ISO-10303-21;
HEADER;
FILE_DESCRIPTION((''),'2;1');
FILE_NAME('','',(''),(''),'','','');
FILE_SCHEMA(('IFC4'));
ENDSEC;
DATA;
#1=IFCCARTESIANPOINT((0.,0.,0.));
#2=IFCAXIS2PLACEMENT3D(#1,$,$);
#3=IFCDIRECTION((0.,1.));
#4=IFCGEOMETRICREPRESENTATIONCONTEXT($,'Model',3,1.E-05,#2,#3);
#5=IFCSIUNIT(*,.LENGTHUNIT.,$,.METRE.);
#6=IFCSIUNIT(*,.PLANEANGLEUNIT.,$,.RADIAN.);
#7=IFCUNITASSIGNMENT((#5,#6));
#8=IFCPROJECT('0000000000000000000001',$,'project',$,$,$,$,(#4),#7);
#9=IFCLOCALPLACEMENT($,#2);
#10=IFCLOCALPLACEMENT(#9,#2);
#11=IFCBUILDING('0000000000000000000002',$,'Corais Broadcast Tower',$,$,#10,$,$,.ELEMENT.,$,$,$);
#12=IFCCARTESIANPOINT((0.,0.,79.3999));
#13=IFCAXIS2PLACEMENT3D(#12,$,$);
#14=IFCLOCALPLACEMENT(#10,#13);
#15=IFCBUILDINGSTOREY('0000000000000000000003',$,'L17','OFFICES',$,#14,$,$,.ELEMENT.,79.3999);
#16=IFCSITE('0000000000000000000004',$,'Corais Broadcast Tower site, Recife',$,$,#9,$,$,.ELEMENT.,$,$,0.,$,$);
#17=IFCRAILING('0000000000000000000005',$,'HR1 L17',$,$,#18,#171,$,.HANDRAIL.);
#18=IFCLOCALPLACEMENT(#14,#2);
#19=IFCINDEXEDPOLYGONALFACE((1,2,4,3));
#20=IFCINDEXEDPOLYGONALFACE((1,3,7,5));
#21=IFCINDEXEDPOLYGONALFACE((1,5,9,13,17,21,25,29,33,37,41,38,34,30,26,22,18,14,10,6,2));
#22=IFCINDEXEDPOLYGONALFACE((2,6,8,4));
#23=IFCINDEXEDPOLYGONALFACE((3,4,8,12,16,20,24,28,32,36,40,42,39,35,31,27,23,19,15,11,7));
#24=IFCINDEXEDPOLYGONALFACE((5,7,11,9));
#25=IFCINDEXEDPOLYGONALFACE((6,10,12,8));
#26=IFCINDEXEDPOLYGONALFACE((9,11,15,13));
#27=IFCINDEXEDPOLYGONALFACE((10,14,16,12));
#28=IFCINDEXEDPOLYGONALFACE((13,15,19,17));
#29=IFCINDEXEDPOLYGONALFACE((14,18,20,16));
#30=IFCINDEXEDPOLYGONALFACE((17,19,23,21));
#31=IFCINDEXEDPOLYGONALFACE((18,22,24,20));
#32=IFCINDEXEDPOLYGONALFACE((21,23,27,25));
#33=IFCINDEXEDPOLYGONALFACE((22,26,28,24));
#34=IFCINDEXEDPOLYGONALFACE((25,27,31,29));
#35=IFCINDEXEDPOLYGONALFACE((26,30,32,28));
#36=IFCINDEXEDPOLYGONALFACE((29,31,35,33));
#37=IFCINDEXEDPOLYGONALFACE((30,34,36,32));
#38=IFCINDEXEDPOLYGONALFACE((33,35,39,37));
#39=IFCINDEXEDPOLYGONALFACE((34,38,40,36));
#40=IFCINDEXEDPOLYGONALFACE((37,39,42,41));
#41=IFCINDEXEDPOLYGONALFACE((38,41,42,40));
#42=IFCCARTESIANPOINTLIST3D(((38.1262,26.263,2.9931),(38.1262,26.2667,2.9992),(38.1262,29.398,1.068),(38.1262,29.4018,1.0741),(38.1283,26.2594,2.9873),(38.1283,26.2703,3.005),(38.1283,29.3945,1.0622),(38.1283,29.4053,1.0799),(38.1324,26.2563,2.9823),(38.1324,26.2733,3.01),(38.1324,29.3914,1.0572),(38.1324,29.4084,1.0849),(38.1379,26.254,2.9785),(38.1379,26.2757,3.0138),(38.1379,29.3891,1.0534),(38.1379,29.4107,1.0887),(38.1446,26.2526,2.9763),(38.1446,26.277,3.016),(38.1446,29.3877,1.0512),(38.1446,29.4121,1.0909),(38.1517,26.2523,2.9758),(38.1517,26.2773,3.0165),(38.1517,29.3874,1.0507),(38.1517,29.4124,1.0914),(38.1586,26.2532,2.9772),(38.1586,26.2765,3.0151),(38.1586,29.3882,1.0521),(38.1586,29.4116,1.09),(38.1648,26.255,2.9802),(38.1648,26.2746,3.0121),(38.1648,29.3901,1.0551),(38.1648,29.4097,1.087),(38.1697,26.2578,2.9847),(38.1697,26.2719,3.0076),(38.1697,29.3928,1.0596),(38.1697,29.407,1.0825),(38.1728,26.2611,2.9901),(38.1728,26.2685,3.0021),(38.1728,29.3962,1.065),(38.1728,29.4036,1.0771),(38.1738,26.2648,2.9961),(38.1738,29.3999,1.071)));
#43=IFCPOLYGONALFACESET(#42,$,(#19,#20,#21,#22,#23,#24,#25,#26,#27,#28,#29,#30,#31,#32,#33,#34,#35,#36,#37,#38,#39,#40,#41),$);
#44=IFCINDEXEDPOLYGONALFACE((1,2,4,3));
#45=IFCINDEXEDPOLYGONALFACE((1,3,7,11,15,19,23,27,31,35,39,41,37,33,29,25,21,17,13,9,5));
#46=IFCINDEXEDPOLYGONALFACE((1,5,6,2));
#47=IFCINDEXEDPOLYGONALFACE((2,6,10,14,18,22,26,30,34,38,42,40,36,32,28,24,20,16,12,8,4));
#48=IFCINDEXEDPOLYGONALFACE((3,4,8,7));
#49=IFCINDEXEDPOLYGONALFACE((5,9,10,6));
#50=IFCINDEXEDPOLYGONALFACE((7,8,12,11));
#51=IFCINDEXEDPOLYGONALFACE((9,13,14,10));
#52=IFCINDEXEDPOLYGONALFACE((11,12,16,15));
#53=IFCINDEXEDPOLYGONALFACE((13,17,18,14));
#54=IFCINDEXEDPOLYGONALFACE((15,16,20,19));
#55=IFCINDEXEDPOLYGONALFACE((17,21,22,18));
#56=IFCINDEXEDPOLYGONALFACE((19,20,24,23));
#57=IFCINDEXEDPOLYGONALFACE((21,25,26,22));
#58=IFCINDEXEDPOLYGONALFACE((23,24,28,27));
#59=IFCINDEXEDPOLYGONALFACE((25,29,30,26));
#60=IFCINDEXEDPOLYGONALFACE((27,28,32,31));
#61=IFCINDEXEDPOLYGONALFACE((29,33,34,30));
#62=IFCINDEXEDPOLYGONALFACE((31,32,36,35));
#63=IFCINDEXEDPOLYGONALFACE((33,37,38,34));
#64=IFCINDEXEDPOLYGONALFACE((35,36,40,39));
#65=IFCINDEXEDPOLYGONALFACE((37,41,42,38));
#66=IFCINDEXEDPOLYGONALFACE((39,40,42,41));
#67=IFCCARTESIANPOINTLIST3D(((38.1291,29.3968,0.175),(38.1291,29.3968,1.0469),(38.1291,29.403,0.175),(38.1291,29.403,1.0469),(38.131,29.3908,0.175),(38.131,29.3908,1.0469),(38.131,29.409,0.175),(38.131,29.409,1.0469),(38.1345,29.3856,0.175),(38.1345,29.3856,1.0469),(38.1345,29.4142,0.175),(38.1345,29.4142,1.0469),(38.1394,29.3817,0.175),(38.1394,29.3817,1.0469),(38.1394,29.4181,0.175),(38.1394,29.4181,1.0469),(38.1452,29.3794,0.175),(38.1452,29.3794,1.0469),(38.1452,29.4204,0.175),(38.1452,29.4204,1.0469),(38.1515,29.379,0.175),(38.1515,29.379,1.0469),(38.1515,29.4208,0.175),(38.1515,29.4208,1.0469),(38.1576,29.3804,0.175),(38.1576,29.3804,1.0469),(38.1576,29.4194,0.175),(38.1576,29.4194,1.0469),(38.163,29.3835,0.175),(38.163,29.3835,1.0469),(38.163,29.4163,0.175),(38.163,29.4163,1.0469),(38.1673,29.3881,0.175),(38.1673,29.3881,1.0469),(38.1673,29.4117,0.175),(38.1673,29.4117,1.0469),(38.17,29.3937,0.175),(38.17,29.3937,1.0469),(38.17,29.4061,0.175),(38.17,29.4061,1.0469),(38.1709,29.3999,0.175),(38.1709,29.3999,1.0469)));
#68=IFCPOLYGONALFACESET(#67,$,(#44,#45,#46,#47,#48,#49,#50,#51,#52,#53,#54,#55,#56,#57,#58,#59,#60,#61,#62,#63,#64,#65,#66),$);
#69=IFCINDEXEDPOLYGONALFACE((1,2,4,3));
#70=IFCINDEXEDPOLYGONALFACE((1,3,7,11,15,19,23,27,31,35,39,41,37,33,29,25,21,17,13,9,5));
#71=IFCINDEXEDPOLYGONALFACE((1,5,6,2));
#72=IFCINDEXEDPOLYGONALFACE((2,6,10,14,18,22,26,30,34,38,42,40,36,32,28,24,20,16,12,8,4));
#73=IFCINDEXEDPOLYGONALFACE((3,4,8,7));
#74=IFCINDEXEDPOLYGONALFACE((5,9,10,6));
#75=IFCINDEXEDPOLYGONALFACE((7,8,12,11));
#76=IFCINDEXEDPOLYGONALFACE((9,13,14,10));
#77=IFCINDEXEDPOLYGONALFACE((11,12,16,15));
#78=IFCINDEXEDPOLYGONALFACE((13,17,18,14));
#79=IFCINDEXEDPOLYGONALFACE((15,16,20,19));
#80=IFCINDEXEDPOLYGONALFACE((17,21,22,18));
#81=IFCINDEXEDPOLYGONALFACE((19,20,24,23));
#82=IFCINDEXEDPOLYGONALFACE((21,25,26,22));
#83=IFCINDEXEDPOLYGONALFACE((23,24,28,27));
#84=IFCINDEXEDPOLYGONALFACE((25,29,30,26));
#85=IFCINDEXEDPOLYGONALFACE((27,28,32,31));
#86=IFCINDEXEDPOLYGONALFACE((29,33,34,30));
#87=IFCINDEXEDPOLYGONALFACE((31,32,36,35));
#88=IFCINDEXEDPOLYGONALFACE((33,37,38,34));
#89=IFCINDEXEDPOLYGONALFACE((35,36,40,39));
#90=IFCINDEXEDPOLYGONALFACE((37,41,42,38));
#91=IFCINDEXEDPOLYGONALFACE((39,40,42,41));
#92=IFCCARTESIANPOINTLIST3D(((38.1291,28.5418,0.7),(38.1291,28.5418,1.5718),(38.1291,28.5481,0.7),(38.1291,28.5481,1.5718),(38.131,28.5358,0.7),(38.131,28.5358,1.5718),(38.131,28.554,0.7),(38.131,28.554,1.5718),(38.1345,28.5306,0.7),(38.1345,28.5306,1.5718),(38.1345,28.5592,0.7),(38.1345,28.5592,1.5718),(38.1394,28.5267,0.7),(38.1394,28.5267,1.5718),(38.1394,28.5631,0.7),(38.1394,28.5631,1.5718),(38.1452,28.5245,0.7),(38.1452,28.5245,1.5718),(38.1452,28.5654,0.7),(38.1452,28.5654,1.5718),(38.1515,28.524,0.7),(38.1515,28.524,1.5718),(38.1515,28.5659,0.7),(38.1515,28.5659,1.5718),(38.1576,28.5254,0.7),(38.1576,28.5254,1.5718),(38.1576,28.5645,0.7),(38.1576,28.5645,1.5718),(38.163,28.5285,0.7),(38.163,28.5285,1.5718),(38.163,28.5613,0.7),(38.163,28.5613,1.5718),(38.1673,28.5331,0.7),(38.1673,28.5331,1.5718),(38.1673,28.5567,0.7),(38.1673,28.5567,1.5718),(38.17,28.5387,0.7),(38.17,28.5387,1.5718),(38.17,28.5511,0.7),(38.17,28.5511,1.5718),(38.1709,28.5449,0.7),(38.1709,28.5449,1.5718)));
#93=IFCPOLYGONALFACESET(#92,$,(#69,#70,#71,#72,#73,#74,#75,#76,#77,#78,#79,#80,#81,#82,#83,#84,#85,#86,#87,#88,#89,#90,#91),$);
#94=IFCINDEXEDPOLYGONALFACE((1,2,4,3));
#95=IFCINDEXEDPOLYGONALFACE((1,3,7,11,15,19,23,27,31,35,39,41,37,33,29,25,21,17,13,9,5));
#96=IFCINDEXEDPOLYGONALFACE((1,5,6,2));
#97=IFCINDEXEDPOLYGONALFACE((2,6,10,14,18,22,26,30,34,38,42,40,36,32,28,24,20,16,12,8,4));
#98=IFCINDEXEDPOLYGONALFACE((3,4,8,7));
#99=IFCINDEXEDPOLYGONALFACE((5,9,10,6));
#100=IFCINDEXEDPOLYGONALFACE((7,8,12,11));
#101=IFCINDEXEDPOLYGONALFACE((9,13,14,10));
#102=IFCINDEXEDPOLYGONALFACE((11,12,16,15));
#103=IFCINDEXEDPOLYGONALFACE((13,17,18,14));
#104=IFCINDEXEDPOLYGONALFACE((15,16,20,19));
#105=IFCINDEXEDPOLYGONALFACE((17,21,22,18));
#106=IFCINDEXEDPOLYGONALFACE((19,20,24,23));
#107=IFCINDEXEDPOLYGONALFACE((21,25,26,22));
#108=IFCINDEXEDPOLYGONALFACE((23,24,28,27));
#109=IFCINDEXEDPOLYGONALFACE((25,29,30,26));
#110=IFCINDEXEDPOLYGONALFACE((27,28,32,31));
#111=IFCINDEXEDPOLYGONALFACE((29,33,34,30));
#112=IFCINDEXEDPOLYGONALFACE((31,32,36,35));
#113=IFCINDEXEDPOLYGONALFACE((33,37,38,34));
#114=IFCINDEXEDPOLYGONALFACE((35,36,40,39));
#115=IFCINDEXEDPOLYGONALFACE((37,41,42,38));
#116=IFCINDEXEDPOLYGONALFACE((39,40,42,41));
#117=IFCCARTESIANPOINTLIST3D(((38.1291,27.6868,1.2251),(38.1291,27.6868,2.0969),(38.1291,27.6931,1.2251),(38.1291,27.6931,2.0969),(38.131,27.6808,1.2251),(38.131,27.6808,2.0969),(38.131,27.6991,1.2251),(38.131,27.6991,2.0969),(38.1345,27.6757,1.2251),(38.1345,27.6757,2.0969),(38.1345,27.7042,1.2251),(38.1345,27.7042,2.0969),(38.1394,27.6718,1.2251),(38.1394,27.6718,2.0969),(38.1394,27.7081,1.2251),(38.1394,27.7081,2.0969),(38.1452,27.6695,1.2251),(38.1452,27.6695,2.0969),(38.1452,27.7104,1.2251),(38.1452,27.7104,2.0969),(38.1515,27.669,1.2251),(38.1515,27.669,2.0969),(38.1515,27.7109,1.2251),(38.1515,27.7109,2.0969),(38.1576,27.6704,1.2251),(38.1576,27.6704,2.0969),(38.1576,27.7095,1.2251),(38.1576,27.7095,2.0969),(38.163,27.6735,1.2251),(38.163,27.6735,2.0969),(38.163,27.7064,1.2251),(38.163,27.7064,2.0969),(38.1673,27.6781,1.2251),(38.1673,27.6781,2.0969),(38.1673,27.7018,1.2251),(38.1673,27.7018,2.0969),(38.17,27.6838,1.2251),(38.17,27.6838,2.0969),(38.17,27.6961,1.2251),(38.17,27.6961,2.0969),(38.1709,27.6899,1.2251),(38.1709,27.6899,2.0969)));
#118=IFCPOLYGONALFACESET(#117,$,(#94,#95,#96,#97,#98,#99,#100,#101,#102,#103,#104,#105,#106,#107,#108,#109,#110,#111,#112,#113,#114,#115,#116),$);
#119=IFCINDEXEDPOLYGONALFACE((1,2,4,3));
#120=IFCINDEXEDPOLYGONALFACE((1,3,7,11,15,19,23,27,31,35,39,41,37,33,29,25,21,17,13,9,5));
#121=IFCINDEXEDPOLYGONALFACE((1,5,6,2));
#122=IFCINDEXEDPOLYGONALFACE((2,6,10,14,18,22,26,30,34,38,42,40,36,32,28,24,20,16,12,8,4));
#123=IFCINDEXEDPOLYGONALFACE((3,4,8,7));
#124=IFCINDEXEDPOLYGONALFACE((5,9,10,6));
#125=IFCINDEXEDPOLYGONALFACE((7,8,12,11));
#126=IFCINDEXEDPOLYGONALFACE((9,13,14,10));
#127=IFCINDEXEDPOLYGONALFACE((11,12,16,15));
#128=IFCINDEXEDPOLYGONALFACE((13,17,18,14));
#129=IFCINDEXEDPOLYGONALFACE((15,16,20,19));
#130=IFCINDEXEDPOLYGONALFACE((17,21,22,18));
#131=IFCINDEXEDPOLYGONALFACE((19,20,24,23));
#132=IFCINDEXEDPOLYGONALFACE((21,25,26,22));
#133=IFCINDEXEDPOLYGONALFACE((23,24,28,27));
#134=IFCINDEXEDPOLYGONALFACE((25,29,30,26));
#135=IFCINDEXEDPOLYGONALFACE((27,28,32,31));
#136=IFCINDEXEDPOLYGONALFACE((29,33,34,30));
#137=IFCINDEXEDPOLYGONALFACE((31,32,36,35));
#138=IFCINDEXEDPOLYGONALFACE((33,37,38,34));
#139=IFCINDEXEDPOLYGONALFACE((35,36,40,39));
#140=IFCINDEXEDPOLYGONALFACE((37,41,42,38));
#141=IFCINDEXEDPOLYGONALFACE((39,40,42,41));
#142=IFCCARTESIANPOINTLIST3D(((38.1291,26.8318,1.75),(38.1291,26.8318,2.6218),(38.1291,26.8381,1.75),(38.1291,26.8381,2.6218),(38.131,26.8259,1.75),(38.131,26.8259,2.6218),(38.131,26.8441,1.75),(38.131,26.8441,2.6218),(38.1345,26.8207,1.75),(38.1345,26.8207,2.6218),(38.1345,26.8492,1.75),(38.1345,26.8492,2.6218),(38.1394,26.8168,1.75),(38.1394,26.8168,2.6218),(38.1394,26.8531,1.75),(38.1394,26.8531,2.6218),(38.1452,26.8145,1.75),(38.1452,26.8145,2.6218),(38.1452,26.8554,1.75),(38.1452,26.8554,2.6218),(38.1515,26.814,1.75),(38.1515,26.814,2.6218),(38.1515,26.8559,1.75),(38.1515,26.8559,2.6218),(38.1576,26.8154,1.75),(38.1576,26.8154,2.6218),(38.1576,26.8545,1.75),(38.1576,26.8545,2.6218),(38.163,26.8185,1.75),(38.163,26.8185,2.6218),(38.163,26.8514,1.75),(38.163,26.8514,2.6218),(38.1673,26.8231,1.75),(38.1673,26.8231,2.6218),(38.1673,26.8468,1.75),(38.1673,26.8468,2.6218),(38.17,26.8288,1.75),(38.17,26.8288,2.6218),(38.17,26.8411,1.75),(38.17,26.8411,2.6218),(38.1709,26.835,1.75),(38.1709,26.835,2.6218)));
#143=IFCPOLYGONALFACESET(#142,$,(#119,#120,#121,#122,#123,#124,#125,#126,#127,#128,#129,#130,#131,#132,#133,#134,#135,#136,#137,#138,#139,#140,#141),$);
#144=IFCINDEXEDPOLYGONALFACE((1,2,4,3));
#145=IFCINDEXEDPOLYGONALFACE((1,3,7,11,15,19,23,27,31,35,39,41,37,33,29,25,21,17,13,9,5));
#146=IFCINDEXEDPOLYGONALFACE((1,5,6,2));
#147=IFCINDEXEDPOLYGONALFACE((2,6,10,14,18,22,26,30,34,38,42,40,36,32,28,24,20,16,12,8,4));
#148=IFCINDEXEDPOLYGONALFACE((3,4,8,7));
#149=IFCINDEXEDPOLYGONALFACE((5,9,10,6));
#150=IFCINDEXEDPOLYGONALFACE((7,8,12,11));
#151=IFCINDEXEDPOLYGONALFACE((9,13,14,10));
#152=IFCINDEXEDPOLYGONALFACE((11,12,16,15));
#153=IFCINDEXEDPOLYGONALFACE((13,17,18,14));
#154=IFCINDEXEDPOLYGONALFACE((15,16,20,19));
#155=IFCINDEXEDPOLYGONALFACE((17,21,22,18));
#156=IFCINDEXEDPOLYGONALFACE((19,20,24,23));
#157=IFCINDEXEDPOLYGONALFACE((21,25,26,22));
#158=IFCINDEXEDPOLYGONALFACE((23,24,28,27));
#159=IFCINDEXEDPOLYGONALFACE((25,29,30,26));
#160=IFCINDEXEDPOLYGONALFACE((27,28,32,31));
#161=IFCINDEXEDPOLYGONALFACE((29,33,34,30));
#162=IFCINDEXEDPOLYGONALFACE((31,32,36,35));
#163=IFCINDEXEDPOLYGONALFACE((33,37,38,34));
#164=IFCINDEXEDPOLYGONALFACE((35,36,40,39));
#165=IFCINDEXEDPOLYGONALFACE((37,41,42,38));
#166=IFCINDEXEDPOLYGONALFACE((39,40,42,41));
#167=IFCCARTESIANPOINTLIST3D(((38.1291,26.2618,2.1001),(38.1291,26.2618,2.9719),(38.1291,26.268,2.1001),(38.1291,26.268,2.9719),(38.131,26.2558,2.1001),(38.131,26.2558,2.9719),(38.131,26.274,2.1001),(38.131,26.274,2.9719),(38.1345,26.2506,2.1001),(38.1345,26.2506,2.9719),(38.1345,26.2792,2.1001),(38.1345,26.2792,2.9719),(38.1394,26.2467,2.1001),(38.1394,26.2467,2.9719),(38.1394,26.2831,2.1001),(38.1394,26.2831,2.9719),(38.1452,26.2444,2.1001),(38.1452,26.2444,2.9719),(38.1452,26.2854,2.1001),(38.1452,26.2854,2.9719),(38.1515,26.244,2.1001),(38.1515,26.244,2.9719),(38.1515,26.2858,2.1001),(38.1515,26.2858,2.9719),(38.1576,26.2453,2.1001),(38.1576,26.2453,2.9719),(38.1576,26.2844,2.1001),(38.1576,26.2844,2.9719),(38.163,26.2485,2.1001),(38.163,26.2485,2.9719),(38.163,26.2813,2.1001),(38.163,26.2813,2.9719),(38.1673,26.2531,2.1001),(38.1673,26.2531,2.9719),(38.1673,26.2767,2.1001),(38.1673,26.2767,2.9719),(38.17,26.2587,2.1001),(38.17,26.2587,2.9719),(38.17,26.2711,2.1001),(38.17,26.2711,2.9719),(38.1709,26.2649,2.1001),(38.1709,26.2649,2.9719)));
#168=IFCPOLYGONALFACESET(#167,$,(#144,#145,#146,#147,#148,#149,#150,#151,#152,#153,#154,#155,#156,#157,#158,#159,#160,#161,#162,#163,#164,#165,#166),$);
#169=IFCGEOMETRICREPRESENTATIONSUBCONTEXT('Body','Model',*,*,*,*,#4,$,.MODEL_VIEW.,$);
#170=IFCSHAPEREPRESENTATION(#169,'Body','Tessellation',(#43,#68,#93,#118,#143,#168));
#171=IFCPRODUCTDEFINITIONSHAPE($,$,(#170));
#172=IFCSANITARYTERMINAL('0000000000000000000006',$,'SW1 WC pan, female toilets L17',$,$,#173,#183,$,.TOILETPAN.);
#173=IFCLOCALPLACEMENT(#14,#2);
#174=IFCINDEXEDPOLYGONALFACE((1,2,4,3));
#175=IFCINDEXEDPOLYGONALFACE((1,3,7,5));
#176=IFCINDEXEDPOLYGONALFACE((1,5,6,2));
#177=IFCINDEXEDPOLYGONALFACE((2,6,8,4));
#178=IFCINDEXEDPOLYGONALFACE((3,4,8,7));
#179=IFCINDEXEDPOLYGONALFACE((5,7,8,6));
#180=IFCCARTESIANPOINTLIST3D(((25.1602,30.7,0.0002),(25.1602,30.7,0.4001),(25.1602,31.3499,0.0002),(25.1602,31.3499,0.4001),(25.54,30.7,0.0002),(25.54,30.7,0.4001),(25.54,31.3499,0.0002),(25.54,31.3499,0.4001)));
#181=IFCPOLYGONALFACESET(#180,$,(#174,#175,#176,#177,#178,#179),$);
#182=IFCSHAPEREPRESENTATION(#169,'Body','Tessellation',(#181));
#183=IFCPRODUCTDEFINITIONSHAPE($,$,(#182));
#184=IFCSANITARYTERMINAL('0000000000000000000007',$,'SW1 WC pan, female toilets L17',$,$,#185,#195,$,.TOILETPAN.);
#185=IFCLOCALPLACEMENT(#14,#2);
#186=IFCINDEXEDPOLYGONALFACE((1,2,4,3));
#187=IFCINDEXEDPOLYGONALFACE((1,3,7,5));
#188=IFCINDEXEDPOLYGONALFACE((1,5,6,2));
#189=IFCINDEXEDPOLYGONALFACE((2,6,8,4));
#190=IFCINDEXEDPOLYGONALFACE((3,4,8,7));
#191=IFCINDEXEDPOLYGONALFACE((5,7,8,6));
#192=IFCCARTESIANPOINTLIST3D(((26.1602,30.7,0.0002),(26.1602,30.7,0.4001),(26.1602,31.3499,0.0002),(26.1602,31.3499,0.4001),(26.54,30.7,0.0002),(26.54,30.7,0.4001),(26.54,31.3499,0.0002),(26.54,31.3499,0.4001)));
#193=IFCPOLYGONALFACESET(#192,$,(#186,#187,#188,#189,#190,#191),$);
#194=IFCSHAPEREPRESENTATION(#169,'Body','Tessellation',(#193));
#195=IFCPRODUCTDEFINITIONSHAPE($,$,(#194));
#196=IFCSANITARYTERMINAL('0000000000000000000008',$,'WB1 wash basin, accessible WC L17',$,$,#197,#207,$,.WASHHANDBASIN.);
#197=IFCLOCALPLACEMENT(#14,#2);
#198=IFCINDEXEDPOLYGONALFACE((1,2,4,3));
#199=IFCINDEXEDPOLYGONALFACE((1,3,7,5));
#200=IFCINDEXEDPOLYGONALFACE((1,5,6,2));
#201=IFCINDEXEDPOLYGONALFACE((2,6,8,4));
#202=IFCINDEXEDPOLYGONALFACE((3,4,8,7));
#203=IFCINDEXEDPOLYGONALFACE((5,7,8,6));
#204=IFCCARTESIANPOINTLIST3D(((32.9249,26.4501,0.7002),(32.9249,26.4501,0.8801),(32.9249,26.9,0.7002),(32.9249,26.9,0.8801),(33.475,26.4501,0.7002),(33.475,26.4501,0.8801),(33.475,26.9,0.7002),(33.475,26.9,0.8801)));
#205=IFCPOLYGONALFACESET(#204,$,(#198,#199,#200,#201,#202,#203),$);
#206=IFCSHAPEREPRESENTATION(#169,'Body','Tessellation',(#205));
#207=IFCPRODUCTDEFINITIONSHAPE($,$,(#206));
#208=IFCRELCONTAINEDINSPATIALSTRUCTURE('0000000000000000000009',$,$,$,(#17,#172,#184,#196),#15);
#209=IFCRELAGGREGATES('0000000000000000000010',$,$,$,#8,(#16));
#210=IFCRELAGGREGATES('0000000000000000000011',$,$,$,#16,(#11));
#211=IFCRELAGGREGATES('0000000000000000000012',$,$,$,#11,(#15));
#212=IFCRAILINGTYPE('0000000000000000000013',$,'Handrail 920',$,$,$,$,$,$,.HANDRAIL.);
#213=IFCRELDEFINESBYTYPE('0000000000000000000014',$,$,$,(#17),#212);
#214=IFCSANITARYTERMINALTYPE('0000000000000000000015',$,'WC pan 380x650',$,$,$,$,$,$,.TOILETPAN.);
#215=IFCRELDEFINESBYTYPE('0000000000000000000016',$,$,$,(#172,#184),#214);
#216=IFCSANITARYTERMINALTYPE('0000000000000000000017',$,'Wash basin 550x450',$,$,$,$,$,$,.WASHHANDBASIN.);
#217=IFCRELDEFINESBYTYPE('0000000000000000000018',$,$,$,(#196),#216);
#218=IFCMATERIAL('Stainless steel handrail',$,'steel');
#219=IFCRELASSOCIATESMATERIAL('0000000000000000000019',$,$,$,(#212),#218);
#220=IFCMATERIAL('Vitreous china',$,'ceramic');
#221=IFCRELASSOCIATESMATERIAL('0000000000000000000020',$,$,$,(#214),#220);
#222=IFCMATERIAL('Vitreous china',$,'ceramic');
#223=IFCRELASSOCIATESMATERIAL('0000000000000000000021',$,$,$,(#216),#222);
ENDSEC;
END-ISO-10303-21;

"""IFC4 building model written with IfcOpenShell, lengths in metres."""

from ifc_helpers import new_model, si_unit, direction, frame, origin, origin_2d, place, context, subcontext, project, spatial, rectangle, circle, extrude, material, type_object, element, save


model = new_model("IFC4")

# Units and contexts
model_context = context("Model", 3, precision=1e-05, world=origin(), true_north=direction((0.0, 1.0)))
body_context = subcontext(model_context, "Body", "Model", "MODEL_VIEW")
ifc_project = project(units=[si_unit("LENGTHUNIT", "METRE"), si_unit("PLANEANGLEUNIT", "RADIAN")], contexts=[model_context])

# Site, building, storey
site_placement = place(None, origin())
site = spatial("IfcSite", under=ifc_project, at=site_placement, Name="Corais Broadcast Tower site, Recife", CompositionType="ELEMENT", RefElevation=0.0)
building_placement = place(site_placement, origin())
building = spatial("IfcBuilding", under=site, at=building_placement, Name="Corais Broadcast Tower", CompositionType="ELEMENT")
storey_placement = place(building_placement, frame((0.0, 0.0, 79.3999)))
storey = spatial("IfcBuildingStorey", under=building, at=storey_placement, Name="L17", Description="OFFICES", CompositionType="ELEMENT", Elevation=79.3999)

# Railing
ifc_material_1 = material(Name="Stainless steel handrail", Category="steel")
railing_type = type_object("IfcRailingType", Name="Handrail 920", PredefinedType="HANDRAIL", material=ifc_material_1)
for number, where, name in (
    (1, (38.1499, 29.3999, 0.175), "HR1 L17"),
):
    element("IfcRailing", number, at=place(storey_placement, frame(where)), inside=storey, type_object=railing_type, Name=name, PredefinedType="HANDRAIL", context=body_context, shape_type="SweptSolid", body=[
        extrude(circle(Radius=0.0239, at=origin_2d()), frame((0.0, 0.0, 0.896), z_axis=(0.0, -0.852166, 0.523271), x_axis=(1.0, 0.0, 0.0)), (0.0, 0.0, 1.0), 3.679),
        extrude(circle(Radius=0.021, at=origin_2d()), origin(), (0.0, 0.0, 1.0), 0.8718),
        extrude(circle(Radius=0.021, at=origin_2d()), frame((0.0, -0.855, 0.5249)), (0.0, 0.0, 1.0), 0.8718),
        extrude(circle(Radius=0.021, at=origin_2d()), frame((0.0, -1.71, 1.05)), (0.0, 0.0, 1.0), 0.8718),
        extrude(circle(Radius=0.021, at=origin_2d()), frame((0.0, -2.5649, 1.575)), (0.0, 0.0, 1.0), 0.8718),
        extrude(circle(Radius=0.021, at=origin_2d()), frame((0.0, -3.135, 1.925)), (0.0, 0.0, 1.0), 0.8718),
    ])

# Sanitary terminals
ifc_material_2 = material(Name="Vitreous china", Category="ceramic")
sanitary_terminal_type_1 = type_object("IfcSanitaryTerminalType", Name="WC pan 380x650", PredefinedType="TOILETPAN", material=ifc_material_2)
for number, where, z_axis, x_axis, name in (
    (2, (25.3501, 31.0249, 0.0002), (0.0, 0.0, 1.0), (1.0, 0.0, 0.0), "SW1 WC pan, female toilets L17"),
    (3, (26.3501, 31.0249, 0.0002), (0.0, 0.0, 1.0), (1.0, 0.0, 0.0), "SW1 WC pan, female toilets L17"),
):
    element("IfcSanitaryTerminal", number, at=place(storey_placement, frame(where, z_axis=z_axis, x_axis=x_axis)), inside=storey, type_object=sanitary_terminal_type_1, Name=name, PredefinedType="TOILETPAN", context=body_context, shape_type="SweptSolid", body=[
        extrude(rectangle(XDim=0.3799, YDim=0.6499, at=origin_2d()), origin(), (0.0, 0.0, 1.0), 0.3999),
    ])
ifc_material_3 = material(Name="Vitreous china", Category="ceramic")
sanitary_terminal_type_2 = type_object("IfcSanitaryTerminalType", Name="Wash basin 550x450", PredefinedType="WASHHANDBASIN", material=ifc_material_3)
sanitary_terminal_placement = place(storey_placement, frame((33.2, 26.675, 0.7002), z_axis=(0.0, 0.0, 1.0), x_axis=(1.0, 0.0, 0.0)))
element("IfcSanitaryTerminal", 4, at=sanitary_terminal_placement, inside=storey, type_object=sanitary_terminal_type_2, Name="WB1 wash basin, accessible WC L17", PredefinedType="WASHHANDBASIN", context=body_context, shape_type="SweptSolid", body=[
    extrude(rectangle(XDim=0.55, YDim=0.45, at=origin_2d()), origin(), (0.0, 0.0, 1.0), 0.1799),
])

save(model, "model.ifc")
